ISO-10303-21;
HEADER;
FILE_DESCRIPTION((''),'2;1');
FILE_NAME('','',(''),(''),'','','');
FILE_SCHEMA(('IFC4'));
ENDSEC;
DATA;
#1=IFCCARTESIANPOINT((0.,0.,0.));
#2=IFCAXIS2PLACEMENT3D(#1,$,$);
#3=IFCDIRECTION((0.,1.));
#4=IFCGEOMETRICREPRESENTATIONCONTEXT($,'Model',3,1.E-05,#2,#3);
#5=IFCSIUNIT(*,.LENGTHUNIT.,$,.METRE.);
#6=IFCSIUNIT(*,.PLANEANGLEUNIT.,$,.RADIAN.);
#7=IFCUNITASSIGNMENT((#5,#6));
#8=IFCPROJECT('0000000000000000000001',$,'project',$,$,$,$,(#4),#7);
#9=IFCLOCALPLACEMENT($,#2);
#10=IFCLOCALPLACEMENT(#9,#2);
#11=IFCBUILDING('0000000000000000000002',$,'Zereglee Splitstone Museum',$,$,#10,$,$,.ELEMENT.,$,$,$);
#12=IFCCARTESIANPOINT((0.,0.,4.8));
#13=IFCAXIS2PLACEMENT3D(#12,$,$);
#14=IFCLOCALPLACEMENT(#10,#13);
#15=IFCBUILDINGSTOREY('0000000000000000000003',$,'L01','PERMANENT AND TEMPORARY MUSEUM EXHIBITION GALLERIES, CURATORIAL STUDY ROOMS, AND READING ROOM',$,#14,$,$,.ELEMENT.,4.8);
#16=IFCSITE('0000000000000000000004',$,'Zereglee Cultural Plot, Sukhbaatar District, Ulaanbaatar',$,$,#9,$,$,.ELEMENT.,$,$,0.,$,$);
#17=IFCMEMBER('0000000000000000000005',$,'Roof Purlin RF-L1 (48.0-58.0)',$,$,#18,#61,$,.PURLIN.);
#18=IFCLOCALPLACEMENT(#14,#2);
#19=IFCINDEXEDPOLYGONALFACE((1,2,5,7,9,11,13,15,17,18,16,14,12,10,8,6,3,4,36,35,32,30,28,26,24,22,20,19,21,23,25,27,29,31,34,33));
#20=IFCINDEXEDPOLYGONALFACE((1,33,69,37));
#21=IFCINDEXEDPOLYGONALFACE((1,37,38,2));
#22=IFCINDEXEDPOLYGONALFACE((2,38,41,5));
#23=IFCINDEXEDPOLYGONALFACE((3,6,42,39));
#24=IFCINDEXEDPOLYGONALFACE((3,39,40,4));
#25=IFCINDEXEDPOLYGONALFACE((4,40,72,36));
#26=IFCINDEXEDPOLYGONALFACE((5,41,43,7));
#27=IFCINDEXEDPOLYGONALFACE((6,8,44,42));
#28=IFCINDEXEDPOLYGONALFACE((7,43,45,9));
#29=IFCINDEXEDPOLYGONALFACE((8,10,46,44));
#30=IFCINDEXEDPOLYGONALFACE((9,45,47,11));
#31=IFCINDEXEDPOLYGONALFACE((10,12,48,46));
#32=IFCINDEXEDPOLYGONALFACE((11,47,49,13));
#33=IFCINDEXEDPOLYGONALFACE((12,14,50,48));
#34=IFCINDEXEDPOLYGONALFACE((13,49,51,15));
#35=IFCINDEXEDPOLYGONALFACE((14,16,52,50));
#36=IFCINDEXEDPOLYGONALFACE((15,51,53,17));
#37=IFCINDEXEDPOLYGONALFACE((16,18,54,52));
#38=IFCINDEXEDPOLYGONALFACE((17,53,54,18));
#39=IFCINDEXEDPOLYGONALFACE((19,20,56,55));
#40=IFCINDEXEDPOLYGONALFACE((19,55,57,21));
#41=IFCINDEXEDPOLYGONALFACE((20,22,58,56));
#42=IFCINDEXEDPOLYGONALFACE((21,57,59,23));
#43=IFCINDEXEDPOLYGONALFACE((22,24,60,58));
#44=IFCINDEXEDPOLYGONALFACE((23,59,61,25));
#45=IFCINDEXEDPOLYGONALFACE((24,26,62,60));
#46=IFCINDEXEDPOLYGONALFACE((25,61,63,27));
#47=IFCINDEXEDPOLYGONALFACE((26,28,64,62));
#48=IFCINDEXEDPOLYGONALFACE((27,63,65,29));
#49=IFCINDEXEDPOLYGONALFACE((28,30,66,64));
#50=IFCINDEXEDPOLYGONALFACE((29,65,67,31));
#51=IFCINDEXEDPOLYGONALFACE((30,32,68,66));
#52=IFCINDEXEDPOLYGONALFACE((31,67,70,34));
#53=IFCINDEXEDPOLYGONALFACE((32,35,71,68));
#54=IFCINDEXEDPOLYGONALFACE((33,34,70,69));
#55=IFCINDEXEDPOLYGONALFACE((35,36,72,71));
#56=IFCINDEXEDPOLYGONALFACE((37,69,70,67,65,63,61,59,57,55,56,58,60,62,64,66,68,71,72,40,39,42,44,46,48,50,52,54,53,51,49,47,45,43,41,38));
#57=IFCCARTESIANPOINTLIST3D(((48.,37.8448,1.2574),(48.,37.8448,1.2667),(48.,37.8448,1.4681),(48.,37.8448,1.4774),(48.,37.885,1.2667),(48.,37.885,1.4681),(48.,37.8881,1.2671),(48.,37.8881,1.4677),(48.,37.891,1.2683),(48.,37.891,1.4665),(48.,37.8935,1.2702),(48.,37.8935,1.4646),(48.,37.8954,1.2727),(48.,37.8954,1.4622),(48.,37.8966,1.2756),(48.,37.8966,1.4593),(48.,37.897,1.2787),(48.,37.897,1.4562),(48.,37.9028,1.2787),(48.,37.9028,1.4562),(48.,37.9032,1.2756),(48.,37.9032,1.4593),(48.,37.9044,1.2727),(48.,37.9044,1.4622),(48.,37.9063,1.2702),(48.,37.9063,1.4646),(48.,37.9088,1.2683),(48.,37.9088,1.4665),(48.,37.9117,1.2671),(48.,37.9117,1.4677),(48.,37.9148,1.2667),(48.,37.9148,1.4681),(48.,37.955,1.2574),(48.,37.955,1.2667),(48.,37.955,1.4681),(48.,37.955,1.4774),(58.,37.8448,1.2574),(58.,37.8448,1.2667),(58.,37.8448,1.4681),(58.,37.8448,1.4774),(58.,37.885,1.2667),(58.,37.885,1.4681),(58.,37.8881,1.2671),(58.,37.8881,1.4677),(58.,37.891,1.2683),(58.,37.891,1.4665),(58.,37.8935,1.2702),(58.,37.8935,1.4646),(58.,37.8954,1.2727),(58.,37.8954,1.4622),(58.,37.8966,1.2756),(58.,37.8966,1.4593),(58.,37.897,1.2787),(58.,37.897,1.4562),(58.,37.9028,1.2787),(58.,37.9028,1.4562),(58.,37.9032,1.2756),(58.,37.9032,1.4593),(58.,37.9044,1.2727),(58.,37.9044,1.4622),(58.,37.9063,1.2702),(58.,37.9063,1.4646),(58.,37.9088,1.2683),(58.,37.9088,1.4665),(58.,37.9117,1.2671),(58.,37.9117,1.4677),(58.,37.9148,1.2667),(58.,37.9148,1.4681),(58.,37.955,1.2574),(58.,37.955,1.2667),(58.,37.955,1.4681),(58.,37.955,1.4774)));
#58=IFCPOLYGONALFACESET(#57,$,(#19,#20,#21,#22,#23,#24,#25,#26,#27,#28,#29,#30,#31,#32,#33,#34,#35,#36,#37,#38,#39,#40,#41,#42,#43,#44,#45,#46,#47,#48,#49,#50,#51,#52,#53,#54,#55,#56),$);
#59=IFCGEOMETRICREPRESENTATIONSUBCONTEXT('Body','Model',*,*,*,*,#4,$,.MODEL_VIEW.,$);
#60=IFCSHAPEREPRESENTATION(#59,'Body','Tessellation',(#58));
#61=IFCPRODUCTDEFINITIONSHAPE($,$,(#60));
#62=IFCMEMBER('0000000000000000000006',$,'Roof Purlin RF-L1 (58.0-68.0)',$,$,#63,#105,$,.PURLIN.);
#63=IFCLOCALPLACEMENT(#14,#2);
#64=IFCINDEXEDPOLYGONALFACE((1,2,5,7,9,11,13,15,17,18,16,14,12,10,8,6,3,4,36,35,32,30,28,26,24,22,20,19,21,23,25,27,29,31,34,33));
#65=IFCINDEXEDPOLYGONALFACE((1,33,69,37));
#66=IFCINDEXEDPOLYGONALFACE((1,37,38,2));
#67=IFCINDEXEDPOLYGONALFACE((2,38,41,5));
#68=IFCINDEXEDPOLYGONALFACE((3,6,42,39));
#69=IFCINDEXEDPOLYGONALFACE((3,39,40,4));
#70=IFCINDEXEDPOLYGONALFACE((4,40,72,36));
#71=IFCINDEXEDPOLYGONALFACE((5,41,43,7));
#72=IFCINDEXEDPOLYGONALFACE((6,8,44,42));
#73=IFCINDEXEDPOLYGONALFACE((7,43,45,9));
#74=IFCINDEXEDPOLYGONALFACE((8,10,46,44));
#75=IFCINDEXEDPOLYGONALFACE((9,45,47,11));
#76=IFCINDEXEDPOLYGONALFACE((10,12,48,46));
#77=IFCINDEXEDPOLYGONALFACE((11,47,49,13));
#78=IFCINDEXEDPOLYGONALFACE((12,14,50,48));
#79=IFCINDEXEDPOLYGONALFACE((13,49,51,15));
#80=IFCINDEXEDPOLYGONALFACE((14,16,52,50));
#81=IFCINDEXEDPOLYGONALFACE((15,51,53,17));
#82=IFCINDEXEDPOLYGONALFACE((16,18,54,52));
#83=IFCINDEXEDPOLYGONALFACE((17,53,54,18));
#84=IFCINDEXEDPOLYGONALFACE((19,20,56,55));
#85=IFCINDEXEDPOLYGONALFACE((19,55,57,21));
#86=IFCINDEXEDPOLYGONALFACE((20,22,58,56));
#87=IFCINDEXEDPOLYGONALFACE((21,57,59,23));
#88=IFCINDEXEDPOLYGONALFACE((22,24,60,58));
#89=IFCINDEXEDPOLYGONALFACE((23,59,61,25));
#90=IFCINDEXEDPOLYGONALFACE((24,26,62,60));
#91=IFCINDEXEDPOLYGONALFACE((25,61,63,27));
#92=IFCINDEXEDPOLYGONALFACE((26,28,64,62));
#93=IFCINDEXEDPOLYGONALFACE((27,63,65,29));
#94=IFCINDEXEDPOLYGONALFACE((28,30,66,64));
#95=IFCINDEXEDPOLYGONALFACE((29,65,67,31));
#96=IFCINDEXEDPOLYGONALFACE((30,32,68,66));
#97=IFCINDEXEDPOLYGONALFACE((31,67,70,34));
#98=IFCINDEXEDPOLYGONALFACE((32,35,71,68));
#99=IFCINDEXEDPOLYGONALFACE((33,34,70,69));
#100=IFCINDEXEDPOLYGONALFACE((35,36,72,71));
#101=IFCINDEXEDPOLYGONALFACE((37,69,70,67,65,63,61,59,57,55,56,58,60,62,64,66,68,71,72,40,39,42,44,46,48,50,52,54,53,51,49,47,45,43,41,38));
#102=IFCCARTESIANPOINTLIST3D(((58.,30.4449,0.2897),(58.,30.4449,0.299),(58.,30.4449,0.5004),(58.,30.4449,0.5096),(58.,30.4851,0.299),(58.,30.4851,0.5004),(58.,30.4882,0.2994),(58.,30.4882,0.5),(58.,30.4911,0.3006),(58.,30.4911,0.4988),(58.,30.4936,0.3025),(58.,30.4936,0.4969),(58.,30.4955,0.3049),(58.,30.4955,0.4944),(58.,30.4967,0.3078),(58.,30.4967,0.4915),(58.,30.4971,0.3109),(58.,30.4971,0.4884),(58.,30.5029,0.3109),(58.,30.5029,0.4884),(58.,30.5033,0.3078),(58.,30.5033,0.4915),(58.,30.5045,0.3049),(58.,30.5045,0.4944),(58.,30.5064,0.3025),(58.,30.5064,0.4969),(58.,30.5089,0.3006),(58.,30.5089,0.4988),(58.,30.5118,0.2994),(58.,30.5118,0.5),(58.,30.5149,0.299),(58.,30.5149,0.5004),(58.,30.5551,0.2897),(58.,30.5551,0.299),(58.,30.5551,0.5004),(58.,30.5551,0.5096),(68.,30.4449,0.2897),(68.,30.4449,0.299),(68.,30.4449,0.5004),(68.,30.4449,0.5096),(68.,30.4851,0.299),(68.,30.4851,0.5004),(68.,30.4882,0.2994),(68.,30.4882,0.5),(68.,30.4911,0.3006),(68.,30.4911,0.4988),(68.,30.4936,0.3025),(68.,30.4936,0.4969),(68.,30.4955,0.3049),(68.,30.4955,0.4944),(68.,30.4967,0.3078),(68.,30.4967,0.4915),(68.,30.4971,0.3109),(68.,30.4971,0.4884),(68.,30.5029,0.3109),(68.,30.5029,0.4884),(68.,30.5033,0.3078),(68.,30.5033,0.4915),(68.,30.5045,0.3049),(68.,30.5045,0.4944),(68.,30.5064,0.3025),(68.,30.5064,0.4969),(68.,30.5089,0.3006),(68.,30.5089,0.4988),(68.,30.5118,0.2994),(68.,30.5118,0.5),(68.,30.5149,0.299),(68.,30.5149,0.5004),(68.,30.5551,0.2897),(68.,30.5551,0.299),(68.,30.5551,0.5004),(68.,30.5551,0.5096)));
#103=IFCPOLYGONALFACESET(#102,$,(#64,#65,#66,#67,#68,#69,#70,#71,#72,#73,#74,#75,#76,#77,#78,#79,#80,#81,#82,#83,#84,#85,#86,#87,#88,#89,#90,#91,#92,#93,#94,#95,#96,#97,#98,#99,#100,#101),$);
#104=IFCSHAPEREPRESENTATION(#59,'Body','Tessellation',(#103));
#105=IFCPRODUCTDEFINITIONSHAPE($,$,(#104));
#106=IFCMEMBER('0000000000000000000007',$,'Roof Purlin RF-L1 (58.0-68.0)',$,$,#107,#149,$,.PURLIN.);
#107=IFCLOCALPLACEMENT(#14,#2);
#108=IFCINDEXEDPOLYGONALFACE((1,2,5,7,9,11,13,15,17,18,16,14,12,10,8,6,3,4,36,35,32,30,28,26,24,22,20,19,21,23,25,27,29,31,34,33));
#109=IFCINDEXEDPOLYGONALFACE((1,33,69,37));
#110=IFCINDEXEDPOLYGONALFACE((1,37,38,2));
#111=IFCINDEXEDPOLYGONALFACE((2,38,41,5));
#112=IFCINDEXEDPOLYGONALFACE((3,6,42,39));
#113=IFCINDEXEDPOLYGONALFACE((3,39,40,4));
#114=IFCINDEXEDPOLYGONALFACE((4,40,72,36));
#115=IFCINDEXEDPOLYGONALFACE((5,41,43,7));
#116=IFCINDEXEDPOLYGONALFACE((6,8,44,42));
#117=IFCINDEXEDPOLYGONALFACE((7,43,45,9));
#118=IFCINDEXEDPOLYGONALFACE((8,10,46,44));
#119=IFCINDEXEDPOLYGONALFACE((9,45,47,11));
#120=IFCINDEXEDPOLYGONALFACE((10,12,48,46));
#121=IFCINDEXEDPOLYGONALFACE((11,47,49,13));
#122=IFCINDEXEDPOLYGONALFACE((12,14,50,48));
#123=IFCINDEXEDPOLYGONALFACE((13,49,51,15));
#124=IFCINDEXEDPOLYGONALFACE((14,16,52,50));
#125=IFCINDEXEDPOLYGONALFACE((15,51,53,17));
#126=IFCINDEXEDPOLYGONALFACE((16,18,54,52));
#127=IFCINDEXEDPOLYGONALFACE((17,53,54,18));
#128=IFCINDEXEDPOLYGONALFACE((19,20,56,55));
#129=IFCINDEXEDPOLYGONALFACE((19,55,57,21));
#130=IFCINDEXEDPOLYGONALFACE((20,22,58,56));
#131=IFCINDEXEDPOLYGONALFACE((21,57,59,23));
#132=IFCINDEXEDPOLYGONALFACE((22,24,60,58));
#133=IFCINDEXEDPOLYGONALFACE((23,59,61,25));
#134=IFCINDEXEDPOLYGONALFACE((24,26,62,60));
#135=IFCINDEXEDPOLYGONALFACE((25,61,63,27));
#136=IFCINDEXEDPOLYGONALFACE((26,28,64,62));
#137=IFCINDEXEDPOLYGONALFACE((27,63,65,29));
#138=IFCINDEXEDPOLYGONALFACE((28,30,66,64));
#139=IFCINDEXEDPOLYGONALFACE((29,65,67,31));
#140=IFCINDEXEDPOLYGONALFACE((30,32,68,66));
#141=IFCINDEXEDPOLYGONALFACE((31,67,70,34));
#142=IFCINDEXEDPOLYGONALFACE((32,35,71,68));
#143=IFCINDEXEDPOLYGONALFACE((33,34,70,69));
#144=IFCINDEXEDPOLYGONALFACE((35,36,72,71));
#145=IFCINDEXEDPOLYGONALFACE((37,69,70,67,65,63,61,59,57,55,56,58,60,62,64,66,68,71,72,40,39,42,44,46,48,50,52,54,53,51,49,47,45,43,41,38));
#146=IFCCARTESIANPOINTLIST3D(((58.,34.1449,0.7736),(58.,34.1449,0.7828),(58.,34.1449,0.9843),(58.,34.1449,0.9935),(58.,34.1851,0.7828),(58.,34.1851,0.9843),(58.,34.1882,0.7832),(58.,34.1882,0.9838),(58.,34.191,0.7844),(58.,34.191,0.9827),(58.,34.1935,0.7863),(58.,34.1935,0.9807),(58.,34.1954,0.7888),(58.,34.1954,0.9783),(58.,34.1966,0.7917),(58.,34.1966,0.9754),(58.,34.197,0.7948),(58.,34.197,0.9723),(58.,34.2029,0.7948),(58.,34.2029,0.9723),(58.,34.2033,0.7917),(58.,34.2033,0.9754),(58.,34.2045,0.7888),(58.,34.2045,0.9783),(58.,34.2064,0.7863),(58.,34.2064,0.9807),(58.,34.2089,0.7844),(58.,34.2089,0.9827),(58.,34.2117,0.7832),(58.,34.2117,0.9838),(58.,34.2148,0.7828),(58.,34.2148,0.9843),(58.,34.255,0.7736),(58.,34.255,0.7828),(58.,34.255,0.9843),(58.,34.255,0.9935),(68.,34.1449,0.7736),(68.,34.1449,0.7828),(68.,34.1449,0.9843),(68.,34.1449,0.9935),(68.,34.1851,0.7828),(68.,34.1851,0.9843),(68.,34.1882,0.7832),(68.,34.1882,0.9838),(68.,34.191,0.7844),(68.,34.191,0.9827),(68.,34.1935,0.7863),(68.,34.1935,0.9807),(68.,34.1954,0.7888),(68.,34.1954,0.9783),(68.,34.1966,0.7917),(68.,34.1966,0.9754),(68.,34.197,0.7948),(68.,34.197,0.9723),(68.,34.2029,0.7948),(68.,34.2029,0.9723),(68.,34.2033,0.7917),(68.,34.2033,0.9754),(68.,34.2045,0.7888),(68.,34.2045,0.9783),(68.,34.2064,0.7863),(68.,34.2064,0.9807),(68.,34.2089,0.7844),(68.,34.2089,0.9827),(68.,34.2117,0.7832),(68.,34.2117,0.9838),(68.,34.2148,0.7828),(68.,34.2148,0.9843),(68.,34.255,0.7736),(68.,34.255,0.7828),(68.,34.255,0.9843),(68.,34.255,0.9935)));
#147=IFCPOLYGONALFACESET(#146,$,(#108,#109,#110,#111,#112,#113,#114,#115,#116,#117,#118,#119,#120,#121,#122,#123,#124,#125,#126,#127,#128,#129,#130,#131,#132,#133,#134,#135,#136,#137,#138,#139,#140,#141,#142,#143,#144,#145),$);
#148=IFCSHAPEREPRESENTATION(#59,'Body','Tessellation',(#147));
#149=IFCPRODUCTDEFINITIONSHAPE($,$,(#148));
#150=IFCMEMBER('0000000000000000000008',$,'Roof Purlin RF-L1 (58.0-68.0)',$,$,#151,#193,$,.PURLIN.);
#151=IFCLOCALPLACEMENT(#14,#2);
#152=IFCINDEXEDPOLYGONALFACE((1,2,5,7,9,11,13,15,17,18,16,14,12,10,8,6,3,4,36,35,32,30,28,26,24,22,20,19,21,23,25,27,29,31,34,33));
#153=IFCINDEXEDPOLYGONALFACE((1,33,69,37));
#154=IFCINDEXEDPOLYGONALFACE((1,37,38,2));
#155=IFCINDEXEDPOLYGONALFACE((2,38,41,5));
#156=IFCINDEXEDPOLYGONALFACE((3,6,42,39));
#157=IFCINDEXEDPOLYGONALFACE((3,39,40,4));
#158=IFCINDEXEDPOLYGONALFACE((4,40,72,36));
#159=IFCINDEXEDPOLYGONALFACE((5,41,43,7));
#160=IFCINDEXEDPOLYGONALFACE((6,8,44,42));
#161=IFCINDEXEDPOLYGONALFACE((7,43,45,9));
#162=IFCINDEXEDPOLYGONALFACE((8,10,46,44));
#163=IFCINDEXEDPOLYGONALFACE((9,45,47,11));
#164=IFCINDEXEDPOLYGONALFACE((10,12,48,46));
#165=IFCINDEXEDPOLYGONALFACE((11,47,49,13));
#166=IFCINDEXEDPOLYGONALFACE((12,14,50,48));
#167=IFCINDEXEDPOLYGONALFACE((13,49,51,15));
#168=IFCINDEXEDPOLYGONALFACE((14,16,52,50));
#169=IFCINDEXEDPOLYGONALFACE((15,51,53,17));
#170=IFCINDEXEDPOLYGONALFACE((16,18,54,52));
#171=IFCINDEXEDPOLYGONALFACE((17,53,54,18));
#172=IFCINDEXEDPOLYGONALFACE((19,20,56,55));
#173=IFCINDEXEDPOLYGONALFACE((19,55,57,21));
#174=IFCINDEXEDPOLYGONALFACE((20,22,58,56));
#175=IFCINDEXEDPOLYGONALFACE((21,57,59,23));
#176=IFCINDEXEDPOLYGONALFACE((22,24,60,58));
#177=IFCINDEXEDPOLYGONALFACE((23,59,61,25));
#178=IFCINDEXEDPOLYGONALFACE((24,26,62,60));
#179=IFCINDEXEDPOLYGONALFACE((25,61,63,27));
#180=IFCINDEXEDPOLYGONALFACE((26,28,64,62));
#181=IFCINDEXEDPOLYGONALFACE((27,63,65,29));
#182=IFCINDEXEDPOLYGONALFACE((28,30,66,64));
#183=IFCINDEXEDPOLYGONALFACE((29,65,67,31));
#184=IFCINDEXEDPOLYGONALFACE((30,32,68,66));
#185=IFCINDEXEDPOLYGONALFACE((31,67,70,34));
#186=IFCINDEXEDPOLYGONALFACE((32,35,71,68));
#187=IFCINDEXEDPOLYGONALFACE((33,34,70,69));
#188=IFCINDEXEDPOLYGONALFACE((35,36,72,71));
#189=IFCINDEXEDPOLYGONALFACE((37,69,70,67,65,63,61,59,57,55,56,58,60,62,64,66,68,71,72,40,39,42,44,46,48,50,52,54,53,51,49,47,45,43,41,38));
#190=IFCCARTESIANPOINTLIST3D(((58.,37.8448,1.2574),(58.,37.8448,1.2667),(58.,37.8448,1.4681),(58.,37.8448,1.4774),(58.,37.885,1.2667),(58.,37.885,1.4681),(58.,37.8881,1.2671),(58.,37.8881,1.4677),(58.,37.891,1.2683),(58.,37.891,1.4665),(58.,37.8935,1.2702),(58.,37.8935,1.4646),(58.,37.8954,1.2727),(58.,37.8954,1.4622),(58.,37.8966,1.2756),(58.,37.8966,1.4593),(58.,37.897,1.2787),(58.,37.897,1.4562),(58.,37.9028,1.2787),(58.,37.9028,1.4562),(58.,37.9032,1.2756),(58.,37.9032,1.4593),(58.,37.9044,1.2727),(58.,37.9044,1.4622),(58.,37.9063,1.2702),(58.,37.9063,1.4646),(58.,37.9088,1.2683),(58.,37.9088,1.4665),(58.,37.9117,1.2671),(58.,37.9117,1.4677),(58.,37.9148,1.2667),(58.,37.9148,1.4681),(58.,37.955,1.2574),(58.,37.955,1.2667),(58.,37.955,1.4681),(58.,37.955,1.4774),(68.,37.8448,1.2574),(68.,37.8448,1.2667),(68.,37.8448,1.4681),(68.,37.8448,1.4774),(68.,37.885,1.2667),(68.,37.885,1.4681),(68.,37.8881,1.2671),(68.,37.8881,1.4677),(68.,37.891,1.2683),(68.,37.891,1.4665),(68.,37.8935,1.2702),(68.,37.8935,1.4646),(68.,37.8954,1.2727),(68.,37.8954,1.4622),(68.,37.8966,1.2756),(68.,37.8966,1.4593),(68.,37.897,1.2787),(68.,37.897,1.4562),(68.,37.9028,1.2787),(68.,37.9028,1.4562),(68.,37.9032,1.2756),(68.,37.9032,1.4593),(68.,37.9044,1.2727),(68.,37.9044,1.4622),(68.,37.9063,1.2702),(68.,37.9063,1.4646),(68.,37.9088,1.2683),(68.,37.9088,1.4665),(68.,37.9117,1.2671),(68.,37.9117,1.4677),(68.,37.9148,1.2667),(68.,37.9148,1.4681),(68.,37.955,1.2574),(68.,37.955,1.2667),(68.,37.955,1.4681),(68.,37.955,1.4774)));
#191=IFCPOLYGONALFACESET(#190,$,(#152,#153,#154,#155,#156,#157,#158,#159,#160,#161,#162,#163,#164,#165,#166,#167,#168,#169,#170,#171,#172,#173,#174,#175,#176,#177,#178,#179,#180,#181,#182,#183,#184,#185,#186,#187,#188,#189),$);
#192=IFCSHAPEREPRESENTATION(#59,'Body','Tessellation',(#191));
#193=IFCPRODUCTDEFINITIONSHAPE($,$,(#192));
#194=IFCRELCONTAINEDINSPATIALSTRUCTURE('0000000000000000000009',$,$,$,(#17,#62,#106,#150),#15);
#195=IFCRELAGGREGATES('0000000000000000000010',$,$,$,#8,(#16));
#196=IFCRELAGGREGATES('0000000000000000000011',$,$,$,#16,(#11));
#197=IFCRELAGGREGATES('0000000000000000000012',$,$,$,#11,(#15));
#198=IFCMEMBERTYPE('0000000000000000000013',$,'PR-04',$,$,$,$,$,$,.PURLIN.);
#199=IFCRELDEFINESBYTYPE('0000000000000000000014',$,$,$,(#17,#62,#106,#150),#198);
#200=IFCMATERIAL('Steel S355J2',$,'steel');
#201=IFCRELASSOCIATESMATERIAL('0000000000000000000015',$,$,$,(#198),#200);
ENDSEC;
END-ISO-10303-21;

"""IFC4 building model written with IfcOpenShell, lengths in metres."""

from ifc_helpers import new_model, si_unit, direction, frame, origin, origin_2d, place, context, subcontext, project, spatial, i_section, extrude, material, material_profile, profile_set, type_object, element, save


model = new_model("IFC4")

# Units and contexts
model_context = context("Model", 3, precision=1e-05, world=origin(), true_north=direction((0.0, 1.0)))
body_context = subcontext(model_context, "Body", "Model", "MODEL_VIEW")
ifc_project = project(units=[si_unit("LENGTHUNIT", "METRE"), si_unit("PLANEANGLEUNIT", "RADIAN")], contexts=[model_context])

# Site, building, storey
site_placement = place(None, origin())
site = spatial("IfcSite", under=ifc_project, at=site_placement, Name="Zereglee Cultural Plot, Sukhbaatar District, Ulaanbaatar", CompositionType="ELEMENT", RefElevation=0.0)
building_placement = place(site_placement, origin())
building = spatial("IfcBuilding", under=site, at=building_placement, Name="Zereglee Splitstone Museum", CompositionType="ELEMENT")
storey_placement = place(building_placement, frame((0.0, 0.0, 4.8)))
storey = spatial("IfcBuildingStorey", under=building, at=storey_placement, Name="L01", Description="PERMANENT AND TEMPORARY MUSEUM EXHIBITION GALLERIES, CURATORIAL STUDY ROOMS, AND READING ROOM", CompositionType="ELEMENT", Elevation=4.8)

# Shared definitions
ifc_material_1 = material(Name="Steel S355J2", Category="steel")

# Members
ifc_material_profile_1 = material_profile(ifc_material_1, i_section(OverallWidth=0.1101, OverallDepth=0.22, WebThickness=0.0059, FlangeThickness=0.0093, FilletRadius=0.012, at=origin_2d()), Name="IPE 220")
ifc_profile_set_1 = profile_set([ifc_material_profile_1], Name="Steel S355J2")
member_type = type_object("IfcMemberType", Name="PR-04", PredefinedType="PURLIN", material=ifc_profile_set_1)
for number, where, z_axis, x_axis, name in (
    (1, (48.0, 37.8999, 1.3674), (1.0, 0.0, 0.0), (0.0, 1.0, 0.0), "Roof Purlin RF-L1 (48.0-58.0)"),
    (2, (58.0, 30.5, 0.3997), (1.0, 0.0, 0.0), (0.0, 1.0, 0.0), "Roof Purlin RF-L1 (58.0-68.0)"),
    (3, (58.0, 34.2, 0.8835), (1.0, 0.0, 0.0), (0.0, 1.0, 0.0), "Roof Purlin RF-L1 (58.0-68.0)"),
    (4, (58.0, 37.8999, 1.3674), (1.0, 0.0, 0.0), (0.0, 1.0, 0.0), "Roof Purlin RF-L1 (58.0-68.0)"),
):
    element("IfcMember", number, at=place(storey_placement, frame(where, z_axis=z_axis, x_axis=x_axis)), inside=storey, type_object=member_type, Name=name, PredefinedType="PURLIN", context=body_context, shape_type="SweptSolid", body=[
        extrude(i_section(OverallWidth=0.1101, OverallDepth=0.22, WebThickness=0.0059, FlangeThickness=0.0093, FilletRadius=0.012, at=origin_2d()), origin(), (0.0, 0.0, 1.0), 10.0),
    ])

save(model, "model.ifc")
